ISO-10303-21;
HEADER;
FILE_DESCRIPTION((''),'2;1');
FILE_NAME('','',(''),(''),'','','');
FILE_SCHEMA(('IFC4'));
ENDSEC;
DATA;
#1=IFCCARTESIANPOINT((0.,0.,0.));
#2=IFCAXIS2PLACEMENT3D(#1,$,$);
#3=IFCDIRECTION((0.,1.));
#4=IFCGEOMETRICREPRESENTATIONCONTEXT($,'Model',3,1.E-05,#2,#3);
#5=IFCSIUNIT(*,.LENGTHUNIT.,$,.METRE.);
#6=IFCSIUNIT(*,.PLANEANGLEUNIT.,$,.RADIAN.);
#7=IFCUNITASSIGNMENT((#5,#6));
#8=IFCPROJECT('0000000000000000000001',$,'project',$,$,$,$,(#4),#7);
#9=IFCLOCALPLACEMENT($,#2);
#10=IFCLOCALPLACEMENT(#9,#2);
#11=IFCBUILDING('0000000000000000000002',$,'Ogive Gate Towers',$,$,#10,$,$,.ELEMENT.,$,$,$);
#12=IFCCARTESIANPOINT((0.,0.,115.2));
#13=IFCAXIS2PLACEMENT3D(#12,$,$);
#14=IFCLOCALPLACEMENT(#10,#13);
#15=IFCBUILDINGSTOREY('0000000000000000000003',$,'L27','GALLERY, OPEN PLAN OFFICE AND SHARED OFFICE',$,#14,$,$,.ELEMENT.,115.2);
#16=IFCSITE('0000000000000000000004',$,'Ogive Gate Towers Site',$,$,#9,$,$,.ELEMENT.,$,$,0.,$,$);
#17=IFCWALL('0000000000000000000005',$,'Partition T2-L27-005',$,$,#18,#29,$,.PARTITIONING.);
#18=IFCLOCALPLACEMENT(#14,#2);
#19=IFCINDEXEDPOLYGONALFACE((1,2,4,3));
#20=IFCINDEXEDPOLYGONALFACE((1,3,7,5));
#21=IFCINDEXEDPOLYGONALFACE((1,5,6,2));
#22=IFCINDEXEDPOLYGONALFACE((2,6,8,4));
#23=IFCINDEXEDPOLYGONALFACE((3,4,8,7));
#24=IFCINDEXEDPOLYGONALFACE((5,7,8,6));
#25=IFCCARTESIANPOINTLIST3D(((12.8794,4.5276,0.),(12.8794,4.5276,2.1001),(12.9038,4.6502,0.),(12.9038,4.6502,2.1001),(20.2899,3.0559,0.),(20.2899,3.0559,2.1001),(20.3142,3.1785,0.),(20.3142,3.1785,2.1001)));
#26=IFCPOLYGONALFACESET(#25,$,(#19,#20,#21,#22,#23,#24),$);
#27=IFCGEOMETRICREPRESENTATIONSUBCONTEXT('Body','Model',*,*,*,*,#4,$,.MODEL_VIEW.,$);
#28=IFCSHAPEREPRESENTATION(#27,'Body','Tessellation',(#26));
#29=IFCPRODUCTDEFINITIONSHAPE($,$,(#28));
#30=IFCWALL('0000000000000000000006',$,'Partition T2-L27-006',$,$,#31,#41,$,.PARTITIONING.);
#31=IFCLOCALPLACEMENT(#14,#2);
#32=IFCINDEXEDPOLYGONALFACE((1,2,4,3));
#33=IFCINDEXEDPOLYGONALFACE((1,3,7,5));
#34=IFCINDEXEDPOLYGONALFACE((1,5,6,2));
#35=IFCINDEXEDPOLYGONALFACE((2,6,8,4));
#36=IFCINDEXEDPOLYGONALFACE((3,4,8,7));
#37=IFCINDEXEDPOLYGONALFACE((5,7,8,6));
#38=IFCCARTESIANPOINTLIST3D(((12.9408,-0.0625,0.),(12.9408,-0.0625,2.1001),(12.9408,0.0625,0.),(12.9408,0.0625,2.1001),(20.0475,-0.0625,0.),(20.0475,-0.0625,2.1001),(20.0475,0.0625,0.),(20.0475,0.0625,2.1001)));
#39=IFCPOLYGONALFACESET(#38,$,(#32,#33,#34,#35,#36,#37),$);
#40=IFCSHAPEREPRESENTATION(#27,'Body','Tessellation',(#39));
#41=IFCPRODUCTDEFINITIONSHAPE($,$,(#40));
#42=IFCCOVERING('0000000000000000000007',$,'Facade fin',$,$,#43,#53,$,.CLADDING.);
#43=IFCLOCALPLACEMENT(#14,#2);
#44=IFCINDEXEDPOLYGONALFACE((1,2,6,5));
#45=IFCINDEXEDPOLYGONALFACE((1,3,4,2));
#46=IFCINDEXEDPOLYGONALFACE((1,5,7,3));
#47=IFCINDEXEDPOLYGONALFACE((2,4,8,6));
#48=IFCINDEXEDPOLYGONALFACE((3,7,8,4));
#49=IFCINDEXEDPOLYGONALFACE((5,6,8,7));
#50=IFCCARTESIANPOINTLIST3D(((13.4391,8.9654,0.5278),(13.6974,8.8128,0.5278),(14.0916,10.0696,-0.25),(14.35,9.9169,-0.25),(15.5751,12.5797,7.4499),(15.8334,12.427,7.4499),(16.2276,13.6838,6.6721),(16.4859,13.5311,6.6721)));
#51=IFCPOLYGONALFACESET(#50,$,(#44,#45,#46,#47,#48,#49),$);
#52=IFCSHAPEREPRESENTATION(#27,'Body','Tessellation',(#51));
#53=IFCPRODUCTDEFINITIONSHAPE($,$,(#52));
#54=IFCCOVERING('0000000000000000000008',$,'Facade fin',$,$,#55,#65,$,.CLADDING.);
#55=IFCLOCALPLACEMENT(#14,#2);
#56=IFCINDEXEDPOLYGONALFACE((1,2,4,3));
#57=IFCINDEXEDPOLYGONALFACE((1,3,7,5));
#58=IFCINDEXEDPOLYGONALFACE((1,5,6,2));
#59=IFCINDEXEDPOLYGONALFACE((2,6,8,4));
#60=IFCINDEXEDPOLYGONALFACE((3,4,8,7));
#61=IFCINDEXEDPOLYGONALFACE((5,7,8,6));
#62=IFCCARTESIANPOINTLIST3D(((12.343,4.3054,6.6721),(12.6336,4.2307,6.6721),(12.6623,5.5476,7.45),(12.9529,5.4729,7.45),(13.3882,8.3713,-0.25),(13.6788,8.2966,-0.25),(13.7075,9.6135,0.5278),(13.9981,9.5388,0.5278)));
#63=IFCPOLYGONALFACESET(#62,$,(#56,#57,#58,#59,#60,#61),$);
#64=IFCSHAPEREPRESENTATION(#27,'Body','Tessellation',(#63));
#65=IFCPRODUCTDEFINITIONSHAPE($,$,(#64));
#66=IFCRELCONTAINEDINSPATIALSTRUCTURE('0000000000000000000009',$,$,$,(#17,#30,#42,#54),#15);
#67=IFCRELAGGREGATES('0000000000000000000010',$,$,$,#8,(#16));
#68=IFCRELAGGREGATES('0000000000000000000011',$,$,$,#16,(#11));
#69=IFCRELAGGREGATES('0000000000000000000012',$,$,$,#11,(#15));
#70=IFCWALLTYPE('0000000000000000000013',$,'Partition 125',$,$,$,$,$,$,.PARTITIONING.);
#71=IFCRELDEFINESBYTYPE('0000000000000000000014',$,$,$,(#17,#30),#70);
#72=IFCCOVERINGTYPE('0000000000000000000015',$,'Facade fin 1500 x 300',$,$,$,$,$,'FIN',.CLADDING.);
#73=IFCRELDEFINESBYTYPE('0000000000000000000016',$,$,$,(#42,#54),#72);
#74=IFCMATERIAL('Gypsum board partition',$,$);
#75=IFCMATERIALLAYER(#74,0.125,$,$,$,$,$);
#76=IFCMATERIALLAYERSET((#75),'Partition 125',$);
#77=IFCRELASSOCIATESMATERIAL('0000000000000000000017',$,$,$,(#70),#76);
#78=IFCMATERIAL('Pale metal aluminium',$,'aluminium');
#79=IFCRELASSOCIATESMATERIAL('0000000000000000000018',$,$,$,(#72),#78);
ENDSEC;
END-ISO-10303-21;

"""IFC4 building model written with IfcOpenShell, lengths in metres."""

from ifc_helpers import new_model, si_unit, direction, frame, frame_2d, origin, origin_2d, place, context, subcontext, project, spatial, rectangle, extrude, material, layer, layer_set, material_profile, profile_set, type_object, element, save


model = new_model("IFC4")

# Units and contexts
model_context = context("Model", 3, precision=1e-05, world=origin(), true_north=direction((0.0, 1.0)))
body_context = subcontext(model_context, "Body", "Model", "MODEL_VIEW")
ifc_project = project(units=[si_unit("LENGTHUNIT", "METRE"), si_unit("PLANEANGLEUNIT", "RADIAN")], contexts=[model_context])

# Site, building, storey
site_placement = place(None, origin())
site = spatial("IfcSite", under=ifc_project, at=site_placement, Name="Ogive Gate Towers Site", CompositionType="ELEMENT", RefElevation=0.0)
building_placement = place(site_placement, origin())
building = spatial("IfcBuilding", under=site, at=building_placement, Name="Ogive Gate Towers", CompositionType="ELEMENT")
storey_placement = place(building_placement, frame((0.0, 0.0, 115.2)))
storey = spatial("IfcBuildingStorey", under=building, at=storey_placement, Name="L27", Description="GALLERY, OPEN PLAN OFFICE AND SHARED OFFICE", CompositionType="ELEMENT", Elevation=115.2)

# Shared definitions
ifc_material_1 = material(Name="Pale metal aluminium", Category="aluminium")

# Walls
ifc_material_2 = material(Name="Gypsum board partition")
ifc_layer_1 = layer(ifc_material_2, 0.125)
ifc_layer_set_1 = layer_set([ifc_layer_1], Name="Partition 125")
wall_type = type_object("IfcWallType", Name="Partition 125", PredefinedType="PARTITIONING", material=ifc_layer_set_1)
wall_1_placement = place(storey_placement, frame((12.8916, 4.5889, 0.0), z_axis=(0.0, 0.0, 1.0), x_axis=(0.980845, -0.194792, 0.0)))
element("IfcWall", 1, at=wall_1_placement, inside=storey, type_object=wall_type, Name="Partition T2-L27-005", PredefinedType="PARTITIONING", context=body_context, shape_type="SweptSolid", body=[
    extrude(rectangle(XDim=7.5552, YDim=0.125, at=frame_2d((3.7776, 0.0))), origin(), (0.0, 0.0, 1.0), 2.1001),
])
wall_2_placement = place(storey_placement, frame((12.9409, 0.0, 0.0), z_axis=(0.0, 0.0, 1.0), x_axis=(1.0, 0.0, 0.0)))
element("IfcWall", 2, at=wall_2_placement, inside=storey, type_object=wall_type, Name="Partition T2-L27-006", PredefinedType="PARTITIONING", context=body_context, shape_type="SweptSolid", body=[
    extrude(rectangle(XDim=7.1067, YDim=0.125, at=frame_2d((3.5532, 0.0))), origin(), (0.0, 0.0, 1.0), 2.1001),
])

# Coverings
ifc_material_profile_1 = material_profile(ifc_material_1, rectangle(XDim=0.3, YDim=1.5, at=origin_2d()), Name="1500 x 300 pale metal aluminium")
ifc_profile_set_1 = profile_set([ifc_material_profile_1], Name="Pale metal aluminium")
covering_type = type_object("IfcCoveringType", Name="Facade fin 1500 x 300", ElementType="FIN", PredefinedType="CLADDING", material=ifc_profile_set_1)
for number, where, z_axis, x_axis, name in (
    (3, (13.8945, 9.4412, 0.1389), (0.263841, 0.446439, 0.855032), (-0.860896, 0.50878, 0.0), "Facade fin"),
    (4, (13.6931, 8.9551, 0.1389), (-0.129102, -0.502234, 0.85504), (0.968513, -0.248962, 0.0), "Facade fin"),
):
    element("IfcCovering", number, at=place(storey_placement, frame(where, z_axis=z_axis, x_axis=x_axis)), inside=storey, type_object=covering_type, Name=name, PredefinedType="CLADDING", context=body_context, shape_type="SweptSolid", body=[
        extrude(rectangle(XDim=0.3, YDim=1.5, at=origin_2d()), origin(), (0.0, 0.0, 1.0), 8.0957),
    ])

save(model, "model.ifc")
